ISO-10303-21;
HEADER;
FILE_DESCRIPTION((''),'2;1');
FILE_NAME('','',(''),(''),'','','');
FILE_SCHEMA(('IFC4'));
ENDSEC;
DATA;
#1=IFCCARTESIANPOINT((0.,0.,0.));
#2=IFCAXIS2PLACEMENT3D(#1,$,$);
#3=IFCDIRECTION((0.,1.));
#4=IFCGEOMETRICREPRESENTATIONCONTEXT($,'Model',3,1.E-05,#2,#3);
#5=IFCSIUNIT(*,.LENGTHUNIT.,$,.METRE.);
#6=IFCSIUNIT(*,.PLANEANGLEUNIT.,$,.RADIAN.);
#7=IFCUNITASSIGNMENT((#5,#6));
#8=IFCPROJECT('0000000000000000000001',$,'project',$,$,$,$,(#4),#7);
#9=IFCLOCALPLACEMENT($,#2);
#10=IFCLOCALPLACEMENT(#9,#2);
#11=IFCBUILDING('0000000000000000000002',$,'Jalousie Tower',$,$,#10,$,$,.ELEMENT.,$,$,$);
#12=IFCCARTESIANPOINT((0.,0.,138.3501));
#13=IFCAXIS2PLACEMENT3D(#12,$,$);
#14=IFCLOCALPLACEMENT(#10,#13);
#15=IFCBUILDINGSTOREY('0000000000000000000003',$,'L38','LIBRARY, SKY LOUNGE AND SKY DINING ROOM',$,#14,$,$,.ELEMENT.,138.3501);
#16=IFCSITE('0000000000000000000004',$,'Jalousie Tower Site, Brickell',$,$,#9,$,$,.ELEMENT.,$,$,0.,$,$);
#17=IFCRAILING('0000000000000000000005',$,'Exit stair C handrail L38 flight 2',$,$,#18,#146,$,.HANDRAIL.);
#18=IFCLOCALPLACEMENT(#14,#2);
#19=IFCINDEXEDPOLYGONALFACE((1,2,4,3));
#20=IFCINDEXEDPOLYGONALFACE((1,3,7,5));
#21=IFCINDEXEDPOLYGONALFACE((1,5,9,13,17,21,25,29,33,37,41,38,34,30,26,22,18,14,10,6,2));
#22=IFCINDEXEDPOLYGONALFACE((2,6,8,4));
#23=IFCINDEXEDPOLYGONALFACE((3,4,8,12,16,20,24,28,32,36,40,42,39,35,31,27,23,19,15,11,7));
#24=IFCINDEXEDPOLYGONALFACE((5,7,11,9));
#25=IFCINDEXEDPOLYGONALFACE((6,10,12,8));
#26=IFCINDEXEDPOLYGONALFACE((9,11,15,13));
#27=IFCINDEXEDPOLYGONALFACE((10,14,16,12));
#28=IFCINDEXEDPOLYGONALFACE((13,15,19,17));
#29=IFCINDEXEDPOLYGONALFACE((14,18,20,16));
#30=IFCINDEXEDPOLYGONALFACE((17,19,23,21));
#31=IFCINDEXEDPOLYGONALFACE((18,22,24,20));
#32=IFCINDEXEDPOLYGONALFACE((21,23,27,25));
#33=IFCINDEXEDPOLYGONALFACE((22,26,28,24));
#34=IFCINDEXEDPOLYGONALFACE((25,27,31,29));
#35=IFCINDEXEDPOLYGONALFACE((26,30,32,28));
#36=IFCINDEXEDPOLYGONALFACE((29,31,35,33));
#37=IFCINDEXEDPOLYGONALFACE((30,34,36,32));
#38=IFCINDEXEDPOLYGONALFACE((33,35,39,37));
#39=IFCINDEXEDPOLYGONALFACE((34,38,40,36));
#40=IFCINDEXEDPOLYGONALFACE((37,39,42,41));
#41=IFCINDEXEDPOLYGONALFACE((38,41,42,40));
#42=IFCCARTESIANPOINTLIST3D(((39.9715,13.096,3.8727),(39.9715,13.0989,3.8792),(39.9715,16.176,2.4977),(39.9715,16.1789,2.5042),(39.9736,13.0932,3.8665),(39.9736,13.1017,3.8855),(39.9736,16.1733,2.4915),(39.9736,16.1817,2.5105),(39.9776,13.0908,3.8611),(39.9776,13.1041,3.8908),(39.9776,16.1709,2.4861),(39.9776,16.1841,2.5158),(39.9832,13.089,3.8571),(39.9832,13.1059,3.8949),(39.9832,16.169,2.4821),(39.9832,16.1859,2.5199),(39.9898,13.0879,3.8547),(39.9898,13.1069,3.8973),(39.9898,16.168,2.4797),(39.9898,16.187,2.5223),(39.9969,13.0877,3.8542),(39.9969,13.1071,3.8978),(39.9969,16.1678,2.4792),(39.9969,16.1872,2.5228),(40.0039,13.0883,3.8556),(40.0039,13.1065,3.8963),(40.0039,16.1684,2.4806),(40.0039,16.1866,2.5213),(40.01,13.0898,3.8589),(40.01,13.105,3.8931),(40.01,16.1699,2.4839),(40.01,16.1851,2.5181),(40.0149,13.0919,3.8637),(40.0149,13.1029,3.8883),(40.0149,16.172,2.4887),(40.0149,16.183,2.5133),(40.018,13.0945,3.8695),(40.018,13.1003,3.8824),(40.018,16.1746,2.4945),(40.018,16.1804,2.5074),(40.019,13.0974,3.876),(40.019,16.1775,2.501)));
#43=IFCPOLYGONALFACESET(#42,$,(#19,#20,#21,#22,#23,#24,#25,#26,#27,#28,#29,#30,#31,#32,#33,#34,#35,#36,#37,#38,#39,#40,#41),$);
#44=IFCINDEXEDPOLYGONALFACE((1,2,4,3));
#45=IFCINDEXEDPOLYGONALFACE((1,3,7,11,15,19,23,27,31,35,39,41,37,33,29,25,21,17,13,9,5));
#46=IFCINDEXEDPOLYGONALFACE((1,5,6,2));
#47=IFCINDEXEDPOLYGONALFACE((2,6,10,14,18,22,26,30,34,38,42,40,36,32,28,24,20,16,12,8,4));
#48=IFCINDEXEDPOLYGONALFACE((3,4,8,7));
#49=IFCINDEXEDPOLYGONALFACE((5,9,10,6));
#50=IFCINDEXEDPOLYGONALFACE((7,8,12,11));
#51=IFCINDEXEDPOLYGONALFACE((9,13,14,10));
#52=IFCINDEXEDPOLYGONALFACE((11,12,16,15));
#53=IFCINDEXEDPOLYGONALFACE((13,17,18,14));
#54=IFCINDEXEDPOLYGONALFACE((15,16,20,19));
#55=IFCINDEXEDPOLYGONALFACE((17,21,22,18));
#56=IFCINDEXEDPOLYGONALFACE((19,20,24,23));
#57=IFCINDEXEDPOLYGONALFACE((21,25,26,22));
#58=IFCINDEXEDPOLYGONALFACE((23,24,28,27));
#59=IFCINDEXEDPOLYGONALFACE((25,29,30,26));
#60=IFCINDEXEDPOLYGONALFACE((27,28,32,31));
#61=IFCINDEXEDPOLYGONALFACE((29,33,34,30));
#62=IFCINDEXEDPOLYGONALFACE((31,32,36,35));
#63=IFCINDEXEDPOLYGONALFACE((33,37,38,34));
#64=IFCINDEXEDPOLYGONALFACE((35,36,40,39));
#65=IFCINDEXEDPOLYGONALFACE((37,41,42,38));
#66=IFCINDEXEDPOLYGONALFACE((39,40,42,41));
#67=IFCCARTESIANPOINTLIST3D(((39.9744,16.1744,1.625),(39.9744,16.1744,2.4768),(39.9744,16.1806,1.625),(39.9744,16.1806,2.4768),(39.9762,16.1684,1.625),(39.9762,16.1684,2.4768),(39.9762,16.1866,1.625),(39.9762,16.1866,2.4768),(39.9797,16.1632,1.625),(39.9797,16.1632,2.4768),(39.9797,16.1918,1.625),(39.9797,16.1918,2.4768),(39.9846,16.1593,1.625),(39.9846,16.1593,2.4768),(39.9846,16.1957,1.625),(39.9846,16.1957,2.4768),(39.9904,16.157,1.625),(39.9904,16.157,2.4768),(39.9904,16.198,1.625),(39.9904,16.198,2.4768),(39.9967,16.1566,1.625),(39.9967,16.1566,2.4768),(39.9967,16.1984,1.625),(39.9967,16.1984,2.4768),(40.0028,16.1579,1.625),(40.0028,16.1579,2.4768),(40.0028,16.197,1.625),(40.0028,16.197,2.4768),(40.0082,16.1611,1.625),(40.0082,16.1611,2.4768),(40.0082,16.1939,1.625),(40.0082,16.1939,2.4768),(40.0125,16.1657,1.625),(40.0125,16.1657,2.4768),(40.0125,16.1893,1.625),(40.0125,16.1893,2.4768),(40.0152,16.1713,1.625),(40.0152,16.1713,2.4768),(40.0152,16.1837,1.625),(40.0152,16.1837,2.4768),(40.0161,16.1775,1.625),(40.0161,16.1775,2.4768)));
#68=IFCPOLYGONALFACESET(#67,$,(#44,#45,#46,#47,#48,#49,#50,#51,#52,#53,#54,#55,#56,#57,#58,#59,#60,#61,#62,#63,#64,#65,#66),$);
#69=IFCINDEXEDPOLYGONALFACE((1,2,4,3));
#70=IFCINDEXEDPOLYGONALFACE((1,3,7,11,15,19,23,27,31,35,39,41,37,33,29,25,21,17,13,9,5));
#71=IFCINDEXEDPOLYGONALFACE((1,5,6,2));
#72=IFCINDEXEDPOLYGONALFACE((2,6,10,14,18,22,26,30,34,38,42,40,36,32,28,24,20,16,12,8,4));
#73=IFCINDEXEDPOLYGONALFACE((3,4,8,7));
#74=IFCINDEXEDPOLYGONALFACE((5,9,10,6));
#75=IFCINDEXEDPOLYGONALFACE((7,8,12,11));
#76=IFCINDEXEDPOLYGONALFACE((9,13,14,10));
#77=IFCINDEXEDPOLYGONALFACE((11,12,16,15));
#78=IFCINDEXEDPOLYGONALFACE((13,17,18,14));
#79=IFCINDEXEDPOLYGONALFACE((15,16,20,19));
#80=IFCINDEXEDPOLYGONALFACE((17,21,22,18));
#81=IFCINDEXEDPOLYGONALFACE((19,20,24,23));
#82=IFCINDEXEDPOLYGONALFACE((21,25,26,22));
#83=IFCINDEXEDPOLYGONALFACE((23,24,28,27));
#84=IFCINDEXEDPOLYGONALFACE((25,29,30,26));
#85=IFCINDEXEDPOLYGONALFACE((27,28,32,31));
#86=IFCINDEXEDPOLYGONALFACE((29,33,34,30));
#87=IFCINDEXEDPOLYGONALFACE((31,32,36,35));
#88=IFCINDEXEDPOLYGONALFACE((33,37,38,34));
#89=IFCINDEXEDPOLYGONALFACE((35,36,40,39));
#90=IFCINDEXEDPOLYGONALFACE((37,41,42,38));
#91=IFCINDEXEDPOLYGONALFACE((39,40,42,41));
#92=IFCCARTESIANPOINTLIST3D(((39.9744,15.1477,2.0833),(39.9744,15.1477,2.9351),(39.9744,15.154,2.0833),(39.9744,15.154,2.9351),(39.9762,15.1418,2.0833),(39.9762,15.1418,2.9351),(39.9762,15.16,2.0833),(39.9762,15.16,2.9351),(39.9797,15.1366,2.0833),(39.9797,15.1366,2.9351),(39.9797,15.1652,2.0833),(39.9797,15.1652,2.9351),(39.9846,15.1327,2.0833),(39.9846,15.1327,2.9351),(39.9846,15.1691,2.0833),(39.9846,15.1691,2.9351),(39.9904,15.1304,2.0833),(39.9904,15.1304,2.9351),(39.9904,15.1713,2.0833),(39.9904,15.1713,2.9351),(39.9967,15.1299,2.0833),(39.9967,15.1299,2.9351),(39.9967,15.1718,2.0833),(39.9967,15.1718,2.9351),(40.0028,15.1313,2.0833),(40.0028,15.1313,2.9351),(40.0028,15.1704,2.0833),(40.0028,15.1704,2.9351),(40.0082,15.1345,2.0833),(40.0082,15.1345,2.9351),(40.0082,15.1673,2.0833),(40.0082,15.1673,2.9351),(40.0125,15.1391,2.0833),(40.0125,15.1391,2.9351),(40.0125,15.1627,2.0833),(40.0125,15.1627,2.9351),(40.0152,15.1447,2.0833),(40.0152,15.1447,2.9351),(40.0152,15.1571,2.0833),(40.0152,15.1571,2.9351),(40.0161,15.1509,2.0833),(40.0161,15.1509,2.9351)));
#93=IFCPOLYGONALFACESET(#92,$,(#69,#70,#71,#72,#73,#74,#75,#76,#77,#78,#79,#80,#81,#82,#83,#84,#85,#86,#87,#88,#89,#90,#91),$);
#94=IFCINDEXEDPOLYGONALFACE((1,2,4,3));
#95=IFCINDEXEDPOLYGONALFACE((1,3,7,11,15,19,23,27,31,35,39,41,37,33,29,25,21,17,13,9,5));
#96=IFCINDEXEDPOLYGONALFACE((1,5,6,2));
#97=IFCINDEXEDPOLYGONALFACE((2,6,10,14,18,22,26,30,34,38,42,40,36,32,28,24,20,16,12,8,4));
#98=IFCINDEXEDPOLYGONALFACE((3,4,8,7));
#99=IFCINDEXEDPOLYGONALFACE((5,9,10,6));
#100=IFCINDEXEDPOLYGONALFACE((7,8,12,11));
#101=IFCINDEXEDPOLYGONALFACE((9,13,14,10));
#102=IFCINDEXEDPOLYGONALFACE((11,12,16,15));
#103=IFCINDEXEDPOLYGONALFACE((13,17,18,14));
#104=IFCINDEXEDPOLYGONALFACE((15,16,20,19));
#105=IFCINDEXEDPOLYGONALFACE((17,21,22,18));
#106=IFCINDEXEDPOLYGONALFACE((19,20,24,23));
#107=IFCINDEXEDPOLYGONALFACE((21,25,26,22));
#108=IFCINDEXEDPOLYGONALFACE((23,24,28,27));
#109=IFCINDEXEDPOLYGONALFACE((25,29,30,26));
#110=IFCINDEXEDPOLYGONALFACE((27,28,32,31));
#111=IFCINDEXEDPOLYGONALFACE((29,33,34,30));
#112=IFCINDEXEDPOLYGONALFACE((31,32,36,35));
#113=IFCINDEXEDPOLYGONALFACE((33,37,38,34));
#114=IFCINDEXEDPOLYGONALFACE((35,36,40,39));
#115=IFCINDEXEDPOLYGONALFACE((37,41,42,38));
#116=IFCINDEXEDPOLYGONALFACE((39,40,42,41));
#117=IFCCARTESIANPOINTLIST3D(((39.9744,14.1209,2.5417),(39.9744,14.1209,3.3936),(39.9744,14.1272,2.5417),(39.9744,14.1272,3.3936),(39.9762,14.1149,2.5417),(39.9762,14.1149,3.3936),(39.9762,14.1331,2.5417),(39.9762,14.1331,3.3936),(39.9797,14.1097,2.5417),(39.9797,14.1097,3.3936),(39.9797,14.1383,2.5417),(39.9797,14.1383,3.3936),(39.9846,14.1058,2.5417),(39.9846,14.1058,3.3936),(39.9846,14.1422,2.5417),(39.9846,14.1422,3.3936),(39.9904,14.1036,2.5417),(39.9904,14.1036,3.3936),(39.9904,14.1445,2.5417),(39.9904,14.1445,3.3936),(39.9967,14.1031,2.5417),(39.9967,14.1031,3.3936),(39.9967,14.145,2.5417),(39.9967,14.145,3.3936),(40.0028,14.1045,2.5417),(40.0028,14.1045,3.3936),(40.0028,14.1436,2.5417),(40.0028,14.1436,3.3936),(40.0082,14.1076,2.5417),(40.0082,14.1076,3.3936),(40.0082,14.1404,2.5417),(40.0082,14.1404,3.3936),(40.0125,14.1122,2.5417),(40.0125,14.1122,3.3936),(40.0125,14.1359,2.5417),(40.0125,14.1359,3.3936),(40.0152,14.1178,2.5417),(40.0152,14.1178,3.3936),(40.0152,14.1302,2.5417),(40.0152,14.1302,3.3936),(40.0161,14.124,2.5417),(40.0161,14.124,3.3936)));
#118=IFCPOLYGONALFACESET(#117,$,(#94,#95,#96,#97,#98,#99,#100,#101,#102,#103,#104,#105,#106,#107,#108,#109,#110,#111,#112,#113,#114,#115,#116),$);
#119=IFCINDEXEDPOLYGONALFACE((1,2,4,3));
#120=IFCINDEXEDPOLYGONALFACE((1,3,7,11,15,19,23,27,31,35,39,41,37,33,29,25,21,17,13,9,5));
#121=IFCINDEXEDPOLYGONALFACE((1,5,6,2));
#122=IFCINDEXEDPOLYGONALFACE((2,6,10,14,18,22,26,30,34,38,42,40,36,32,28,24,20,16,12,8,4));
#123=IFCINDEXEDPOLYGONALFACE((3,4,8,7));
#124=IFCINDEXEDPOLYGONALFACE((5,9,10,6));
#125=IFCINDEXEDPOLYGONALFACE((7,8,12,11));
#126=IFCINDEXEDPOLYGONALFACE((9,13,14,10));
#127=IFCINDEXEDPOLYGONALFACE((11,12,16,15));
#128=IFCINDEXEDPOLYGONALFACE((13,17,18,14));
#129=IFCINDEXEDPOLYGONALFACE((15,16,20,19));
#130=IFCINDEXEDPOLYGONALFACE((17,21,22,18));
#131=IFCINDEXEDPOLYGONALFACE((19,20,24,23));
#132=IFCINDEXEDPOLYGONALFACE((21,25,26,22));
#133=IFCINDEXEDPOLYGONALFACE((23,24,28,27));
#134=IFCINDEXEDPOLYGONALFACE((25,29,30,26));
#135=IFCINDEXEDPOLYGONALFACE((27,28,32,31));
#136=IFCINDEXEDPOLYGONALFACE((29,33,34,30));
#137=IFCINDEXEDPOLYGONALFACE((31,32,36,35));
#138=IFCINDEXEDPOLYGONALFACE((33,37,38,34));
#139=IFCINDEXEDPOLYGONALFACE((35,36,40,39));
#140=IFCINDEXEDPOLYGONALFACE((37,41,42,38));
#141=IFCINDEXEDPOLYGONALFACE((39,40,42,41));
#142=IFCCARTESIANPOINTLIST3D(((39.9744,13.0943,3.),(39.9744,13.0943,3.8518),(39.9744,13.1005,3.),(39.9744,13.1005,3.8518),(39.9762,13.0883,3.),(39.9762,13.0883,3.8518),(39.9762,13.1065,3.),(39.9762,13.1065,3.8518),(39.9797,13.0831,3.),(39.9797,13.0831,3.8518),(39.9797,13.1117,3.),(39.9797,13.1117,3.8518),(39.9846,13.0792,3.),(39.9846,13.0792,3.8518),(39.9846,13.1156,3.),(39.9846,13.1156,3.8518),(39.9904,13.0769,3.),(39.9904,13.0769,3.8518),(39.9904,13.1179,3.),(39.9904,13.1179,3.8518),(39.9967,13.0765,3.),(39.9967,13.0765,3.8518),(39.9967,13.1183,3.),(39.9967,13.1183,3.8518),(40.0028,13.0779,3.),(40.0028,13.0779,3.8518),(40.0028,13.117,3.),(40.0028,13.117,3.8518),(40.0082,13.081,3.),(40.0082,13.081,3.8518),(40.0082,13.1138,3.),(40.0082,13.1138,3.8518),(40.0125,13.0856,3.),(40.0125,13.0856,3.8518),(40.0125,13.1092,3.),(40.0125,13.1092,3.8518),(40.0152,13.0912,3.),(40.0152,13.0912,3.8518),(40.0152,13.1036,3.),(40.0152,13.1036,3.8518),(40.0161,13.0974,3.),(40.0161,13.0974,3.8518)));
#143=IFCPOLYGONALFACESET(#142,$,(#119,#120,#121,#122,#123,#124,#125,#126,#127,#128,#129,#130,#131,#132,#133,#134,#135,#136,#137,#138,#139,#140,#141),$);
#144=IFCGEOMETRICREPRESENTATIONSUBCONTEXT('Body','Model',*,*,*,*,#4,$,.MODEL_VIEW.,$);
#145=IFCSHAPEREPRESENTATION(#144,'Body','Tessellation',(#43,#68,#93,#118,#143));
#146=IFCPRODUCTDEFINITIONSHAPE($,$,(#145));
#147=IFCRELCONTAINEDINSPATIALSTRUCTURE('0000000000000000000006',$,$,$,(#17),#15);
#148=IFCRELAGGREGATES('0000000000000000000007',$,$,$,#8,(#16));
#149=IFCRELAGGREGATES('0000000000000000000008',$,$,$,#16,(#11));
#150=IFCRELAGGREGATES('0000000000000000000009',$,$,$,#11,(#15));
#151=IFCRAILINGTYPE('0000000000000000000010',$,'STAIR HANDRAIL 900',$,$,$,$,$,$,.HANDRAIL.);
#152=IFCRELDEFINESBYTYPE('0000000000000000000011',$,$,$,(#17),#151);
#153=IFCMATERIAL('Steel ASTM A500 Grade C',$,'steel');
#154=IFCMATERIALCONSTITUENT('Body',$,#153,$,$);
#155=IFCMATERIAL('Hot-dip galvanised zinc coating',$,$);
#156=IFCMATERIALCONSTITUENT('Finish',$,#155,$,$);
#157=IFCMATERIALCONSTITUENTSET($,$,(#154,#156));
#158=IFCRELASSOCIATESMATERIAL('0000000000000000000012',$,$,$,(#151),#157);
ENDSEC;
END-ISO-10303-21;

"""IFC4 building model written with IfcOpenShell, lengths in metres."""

from ifc_helpers import new_model, si_unit, direction, frame, origin, origin_2d, place, context, subcontext, project, spatial, circle, extrude, material, constituent, constituent_set, type_object, element, save


model = new_model("IFC4")

# Units and contexts
model_context = context("Model", 3, precision=1e-05, world=origin(), true_north=direction((0.0, 1.0)))
body_context = subcontext(model_context, "Body", "Model", "MODEL_VIEW")
ifc_project = project(units=[si_unit("LENGTHUNIT", "METRE"), si_unit("PLANEANGLEUNIT", "RADIAN")], contexts=[model_context])

# Site, building, storey
site_placement = place(None, origin())
site = spatial("IfcSite", under=ifc_project, at=site_placement, Name="Jalousie Tower Site, Brickell", CompositionType="ELEMENT", RefElevation=0.0)
building_placement = place(site_placement, origin())
building = spatial("IfcBuilding", under=site, at=building_placement, Name="Jalousie Tower", CompositionType="ELEMENT")
storey_placement = place(building_placement, frame((0.0, 0.0, 138.3501)))
storey = spatial("IfcBuildingStorey", under=building, at=storey_placement, Name="L38", Description="LIBRARY, SKY LOUNGE AND SKY DINING ROOM", CompositionType="ELEMENT", Elevation=138.3501)

# Railing
ifc_material_1 = material(Name="Steel ASTM A500 Grade C", Category="steel")
ifc_constituent_1 = constituent(ifc_material_1, Name="Body")
ifc_material_2 = material(Name="Hot-dip galvanised zinc coating")
ifc_constituent_2 = constituent(ifc_material_2, Name="Finish")
ifc_constituent_set_1 = constituent_set(constituents=[ifc_constituent_1, ifc_constituent_2])
railing_type_1 = type_object("IfcRailingType", Name="STAIR HANDRAIL 900", PredefinedType="HANDRAIL", material=ifc_constituent_set_1)
for number, where, name in (
    (1, (39.9951, 16.1775, 1.625), "Exit stair C handrail L38 flight 2"),
):
    element("IfcRailing", number, at=place(storey_placement, frame(where)), inside=storey, type_object=railing_type_1, Name=name, PredefinedType="HANDRAIL", context=body_context, shape_type="SweptSolid", body=[
        extrude(circle(Radius=0.0239, at=origin_2d()), frame((0.0, 0.0, 0.876), z_axis=(0.0, -0.913142, 0.407642), x_axis=(1.0, 0.0, 0.0)), (0.0, 0.0, 1.0), 3.373),
        extrude(circle(Radius=0.021, at=origin_2d()), origin(), (0.0, 0.0, 1.0), 0.8518),
        extrude(circle(Radius=0.021, at=origin_2d()), frame((0.0, -1.0266, 0.4583)), (0.0, 0.0, 1.0), 0.8518),
        extrude(circle(Radius=0.021, at=origin_2d()), frame((0.0, -2.0535, 0.9167)), (0.0, 0.0, 1.0), 0.8518),
        extrude(circle(Radius=0.021, at=origin_2d()), frame((0.0, -3.0801, 1.375)), (0.0, 0.0, 1.0), 0.8518),
    ])

save(model, "model.ifc")
